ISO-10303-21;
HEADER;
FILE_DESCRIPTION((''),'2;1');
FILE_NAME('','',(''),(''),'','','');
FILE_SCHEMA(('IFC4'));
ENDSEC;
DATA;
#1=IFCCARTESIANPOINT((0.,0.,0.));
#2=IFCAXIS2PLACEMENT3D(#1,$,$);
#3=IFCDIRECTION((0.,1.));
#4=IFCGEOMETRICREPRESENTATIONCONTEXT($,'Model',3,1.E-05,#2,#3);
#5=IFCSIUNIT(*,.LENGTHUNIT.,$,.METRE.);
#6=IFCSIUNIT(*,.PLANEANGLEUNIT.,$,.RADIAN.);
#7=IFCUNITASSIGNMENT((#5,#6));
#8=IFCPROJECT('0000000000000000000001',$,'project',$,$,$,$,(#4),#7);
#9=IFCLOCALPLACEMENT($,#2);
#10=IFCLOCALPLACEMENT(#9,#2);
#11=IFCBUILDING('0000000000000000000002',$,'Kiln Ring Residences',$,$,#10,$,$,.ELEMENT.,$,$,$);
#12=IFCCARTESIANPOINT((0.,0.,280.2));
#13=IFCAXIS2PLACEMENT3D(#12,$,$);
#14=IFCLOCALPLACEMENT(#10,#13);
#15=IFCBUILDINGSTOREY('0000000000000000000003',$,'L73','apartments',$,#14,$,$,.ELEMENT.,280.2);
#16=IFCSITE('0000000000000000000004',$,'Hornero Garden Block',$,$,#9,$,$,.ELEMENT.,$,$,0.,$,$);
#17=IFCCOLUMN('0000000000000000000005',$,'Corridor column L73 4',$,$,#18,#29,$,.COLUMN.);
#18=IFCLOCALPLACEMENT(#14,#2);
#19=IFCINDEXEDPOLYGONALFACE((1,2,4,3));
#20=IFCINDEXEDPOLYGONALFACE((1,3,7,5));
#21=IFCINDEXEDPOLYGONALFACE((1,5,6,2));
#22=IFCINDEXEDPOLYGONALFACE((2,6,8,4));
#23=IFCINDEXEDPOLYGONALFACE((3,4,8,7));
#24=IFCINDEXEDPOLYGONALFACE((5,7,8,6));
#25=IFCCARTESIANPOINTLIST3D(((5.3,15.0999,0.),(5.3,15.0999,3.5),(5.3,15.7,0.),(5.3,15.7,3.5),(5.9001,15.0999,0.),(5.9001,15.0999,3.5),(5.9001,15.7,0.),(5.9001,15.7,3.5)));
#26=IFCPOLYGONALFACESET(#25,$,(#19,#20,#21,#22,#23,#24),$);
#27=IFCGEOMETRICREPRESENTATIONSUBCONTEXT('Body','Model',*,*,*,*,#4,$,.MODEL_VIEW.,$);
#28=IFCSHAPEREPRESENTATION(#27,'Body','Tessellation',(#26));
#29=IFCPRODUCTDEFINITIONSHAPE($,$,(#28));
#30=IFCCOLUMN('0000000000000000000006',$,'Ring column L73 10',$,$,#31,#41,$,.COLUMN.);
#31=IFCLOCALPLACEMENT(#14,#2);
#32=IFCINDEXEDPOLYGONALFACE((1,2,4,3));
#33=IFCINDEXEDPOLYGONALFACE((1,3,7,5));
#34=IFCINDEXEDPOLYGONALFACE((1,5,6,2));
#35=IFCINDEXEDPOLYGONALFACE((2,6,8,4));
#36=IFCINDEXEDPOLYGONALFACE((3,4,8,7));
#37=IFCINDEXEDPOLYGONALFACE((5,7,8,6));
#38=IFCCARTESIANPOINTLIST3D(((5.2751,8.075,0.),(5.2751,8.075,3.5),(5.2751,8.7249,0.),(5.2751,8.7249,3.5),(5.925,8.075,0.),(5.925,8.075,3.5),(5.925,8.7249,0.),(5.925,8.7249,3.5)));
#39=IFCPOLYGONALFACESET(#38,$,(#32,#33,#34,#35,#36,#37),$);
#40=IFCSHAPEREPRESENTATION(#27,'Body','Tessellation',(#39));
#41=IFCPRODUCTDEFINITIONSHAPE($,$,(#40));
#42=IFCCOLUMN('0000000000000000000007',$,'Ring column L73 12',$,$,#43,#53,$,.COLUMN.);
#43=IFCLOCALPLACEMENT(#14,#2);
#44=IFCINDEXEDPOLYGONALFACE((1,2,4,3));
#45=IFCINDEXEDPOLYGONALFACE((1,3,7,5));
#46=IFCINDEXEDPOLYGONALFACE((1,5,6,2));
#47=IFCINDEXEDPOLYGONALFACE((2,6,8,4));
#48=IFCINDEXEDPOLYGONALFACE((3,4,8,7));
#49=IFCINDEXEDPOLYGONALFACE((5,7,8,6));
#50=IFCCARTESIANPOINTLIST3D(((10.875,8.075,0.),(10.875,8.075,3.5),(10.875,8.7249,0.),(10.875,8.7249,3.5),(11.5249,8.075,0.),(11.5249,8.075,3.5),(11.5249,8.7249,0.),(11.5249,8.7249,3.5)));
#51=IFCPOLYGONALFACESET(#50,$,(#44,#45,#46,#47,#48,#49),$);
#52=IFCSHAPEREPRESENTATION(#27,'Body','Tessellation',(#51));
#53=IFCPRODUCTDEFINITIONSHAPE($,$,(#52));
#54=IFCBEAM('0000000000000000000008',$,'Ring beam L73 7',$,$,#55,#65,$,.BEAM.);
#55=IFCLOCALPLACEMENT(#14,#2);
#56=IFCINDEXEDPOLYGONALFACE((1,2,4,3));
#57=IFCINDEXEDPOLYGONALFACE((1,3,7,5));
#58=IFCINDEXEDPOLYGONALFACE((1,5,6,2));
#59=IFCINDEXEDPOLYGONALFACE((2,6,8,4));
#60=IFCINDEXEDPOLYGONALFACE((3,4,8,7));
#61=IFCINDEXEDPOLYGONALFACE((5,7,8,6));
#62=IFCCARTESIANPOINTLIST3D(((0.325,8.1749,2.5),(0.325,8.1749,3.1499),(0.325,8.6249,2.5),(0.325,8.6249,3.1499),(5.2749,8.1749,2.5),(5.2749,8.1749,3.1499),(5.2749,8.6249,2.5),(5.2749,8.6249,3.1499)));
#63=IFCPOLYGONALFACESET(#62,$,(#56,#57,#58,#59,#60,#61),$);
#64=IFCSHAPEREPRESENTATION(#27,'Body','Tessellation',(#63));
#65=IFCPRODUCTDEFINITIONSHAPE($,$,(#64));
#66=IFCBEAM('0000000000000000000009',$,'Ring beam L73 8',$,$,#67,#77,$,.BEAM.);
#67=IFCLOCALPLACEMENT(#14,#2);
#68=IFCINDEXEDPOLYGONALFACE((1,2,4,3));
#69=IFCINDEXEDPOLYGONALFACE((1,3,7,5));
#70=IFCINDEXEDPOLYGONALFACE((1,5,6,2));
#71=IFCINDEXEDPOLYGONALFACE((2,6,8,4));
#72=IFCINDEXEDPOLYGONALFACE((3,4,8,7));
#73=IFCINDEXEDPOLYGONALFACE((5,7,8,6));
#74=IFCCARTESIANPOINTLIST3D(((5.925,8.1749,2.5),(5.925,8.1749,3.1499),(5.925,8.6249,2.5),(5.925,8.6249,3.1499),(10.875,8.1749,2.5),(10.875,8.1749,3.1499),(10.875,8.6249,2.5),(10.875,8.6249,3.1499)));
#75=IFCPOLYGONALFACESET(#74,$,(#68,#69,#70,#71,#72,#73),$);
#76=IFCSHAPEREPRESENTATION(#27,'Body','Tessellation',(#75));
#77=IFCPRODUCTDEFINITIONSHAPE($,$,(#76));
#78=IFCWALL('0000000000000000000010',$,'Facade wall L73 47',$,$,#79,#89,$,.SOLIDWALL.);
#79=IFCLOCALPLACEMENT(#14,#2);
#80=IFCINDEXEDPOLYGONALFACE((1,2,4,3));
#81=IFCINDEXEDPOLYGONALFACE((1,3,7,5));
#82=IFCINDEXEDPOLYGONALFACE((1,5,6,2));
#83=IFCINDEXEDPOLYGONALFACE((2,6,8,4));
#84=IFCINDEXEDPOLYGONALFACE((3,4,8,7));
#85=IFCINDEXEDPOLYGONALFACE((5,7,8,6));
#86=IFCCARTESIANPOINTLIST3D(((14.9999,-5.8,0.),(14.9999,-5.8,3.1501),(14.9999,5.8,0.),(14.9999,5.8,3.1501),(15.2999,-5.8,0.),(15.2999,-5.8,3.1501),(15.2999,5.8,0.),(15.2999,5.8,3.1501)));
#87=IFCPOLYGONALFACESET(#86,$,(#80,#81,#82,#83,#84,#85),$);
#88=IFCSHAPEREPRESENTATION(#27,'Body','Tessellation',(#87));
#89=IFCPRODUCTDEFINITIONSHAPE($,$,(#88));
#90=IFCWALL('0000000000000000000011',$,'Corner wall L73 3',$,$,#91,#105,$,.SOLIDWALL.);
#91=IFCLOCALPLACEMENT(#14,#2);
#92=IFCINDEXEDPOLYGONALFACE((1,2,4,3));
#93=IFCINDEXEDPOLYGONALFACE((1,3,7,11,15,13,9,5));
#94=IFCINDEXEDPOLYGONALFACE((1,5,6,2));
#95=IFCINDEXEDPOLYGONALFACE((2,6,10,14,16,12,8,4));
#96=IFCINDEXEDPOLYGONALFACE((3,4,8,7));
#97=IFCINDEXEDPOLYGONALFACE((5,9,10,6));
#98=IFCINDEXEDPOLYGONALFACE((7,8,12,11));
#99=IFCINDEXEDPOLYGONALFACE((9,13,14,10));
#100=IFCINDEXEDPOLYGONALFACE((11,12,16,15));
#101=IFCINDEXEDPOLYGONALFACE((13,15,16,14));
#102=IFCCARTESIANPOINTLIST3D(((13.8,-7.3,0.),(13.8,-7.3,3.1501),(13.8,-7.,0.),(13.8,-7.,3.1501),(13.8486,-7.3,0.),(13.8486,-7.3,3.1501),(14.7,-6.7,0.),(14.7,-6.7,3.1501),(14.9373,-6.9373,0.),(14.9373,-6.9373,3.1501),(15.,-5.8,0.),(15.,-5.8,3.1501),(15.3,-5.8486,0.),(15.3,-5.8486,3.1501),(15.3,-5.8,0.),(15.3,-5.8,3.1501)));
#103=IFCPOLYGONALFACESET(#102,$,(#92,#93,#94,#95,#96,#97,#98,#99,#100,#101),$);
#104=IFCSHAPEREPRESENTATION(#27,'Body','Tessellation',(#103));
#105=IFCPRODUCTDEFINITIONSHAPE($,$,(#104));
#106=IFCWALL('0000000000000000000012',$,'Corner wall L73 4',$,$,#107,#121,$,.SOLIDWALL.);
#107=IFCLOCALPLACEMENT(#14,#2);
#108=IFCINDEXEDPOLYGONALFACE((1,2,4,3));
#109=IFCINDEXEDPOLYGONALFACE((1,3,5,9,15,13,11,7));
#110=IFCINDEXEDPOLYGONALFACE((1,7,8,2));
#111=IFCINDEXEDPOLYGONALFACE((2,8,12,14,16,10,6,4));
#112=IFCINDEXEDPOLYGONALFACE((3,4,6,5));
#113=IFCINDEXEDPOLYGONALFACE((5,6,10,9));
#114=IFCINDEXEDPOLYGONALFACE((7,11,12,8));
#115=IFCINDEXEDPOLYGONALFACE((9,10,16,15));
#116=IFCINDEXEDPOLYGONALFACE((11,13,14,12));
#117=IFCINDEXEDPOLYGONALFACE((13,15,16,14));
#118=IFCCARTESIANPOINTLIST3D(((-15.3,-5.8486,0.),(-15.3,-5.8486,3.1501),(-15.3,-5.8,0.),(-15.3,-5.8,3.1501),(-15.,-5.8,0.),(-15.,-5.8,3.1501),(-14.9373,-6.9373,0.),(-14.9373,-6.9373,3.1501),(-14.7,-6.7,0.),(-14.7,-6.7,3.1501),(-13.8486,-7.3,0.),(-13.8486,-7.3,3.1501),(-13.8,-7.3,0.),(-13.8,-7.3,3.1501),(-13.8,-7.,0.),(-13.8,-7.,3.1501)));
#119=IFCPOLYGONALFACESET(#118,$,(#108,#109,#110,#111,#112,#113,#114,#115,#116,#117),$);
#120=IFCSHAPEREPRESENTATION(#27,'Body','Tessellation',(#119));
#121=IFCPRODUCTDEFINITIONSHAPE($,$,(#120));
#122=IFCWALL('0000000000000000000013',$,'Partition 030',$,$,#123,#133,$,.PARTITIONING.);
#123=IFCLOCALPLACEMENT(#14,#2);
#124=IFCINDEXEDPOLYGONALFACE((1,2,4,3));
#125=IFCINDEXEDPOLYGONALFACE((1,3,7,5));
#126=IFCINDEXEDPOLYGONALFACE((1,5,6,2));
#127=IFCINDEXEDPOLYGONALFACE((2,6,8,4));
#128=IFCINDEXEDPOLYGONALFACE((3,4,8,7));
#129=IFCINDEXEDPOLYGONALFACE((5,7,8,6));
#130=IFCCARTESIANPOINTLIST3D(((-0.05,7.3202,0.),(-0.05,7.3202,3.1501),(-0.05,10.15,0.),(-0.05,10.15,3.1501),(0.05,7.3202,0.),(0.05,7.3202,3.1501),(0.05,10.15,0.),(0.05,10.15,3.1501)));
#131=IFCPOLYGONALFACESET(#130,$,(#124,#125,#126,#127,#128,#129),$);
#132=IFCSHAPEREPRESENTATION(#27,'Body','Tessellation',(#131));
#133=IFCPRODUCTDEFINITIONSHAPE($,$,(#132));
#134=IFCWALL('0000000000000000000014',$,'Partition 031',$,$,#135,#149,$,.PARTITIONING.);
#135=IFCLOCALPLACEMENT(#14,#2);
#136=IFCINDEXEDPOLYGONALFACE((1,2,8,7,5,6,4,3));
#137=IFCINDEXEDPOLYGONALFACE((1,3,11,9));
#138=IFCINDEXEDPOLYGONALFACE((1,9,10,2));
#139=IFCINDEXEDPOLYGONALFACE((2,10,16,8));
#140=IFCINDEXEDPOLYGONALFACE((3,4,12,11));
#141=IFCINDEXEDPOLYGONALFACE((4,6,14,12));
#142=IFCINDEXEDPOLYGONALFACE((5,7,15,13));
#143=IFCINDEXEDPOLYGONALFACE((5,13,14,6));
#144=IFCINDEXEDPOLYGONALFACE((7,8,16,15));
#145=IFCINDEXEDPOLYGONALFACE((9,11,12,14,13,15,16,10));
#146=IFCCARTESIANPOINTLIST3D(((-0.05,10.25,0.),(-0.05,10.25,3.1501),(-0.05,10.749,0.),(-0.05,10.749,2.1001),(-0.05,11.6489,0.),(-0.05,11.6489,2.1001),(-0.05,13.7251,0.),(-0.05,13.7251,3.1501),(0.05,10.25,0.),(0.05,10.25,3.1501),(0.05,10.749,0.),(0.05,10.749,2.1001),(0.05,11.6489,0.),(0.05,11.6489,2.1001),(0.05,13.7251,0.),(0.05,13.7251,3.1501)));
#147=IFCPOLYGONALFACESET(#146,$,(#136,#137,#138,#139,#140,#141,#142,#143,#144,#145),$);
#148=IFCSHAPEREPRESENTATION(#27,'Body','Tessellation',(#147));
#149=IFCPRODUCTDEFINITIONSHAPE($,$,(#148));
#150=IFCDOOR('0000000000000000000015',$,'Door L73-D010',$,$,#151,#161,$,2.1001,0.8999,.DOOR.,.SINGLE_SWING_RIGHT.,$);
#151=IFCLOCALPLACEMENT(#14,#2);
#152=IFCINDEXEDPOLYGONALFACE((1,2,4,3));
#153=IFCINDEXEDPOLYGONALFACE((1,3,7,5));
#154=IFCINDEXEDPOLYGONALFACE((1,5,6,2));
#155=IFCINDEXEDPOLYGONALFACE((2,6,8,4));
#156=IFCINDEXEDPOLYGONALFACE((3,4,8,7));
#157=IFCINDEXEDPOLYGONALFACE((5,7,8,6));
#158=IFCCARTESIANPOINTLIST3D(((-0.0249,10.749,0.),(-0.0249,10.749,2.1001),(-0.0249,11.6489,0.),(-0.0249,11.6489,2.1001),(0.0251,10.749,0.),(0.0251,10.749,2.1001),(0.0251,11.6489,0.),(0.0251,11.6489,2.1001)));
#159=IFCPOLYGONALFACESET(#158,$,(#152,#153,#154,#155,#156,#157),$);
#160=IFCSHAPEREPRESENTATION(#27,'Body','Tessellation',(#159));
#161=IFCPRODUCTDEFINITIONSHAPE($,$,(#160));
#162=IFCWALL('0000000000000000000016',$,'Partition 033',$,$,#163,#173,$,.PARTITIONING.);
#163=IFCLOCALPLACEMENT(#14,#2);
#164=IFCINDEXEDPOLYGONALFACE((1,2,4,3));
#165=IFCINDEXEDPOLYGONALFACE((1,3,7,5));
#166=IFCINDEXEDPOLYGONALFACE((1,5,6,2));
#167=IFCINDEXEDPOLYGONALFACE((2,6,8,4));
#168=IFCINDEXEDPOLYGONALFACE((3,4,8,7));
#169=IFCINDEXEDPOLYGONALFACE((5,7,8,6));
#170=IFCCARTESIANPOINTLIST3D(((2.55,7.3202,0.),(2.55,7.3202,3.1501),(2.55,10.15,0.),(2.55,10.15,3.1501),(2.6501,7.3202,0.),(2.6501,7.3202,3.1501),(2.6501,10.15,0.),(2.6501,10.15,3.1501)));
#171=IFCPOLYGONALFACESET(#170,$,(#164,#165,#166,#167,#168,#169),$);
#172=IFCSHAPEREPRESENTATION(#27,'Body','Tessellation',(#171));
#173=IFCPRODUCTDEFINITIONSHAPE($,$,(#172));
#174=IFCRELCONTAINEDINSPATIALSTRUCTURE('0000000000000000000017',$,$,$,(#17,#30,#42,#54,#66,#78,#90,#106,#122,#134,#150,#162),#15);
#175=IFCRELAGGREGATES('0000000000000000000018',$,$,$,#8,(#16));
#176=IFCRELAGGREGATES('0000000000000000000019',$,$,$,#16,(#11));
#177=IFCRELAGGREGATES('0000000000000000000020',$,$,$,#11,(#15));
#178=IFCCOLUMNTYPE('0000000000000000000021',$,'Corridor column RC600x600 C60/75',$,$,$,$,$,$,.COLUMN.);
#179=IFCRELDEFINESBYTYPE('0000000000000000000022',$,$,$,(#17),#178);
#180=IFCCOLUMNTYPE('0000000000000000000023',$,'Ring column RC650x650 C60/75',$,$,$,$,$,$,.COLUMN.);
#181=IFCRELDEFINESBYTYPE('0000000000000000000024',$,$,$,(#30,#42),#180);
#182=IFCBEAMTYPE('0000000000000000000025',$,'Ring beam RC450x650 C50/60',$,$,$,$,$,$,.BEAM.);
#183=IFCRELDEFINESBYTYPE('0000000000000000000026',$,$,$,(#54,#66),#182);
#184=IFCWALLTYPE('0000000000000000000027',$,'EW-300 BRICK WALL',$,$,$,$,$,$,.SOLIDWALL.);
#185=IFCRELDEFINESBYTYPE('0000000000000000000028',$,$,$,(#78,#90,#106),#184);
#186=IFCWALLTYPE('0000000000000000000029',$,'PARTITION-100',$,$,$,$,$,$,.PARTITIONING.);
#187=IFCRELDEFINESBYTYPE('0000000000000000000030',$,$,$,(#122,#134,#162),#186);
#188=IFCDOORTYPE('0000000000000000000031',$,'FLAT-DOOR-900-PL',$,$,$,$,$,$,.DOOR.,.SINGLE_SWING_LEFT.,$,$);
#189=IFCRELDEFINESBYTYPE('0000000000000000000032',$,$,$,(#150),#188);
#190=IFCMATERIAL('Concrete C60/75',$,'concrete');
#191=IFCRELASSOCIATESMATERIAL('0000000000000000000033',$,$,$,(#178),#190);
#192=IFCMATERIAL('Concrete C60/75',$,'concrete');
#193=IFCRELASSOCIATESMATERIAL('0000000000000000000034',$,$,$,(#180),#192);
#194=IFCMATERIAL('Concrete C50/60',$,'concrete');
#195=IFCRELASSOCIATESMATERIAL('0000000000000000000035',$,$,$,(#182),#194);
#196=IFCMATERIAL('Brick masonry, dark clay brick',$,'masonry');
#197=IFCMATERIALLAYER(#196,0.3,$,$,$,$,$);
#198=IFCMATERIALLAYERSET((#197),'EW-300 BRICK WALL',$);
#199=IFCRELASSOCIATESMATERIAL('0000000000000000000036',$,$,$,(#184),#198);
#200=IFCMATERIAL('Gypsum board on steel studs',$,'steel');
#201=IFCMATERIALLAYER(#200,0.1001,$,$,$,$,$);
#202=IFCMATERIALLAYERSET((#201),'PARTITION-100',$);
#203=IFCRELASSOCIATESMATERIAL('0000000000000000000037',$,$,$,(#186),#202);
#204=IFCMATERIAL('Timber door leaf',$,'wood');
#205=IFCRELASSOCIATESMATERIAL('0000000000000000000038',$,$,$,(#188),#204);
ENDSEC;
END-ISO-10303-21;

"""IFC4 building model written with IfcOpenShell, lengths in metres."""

from ifc_helpers import new_model, si_unit, direction, frame, frame_2d, origin, origin_2d, place, context, subcontext, project, spatial, polyline, rectangle, outline, extrude, material, layer, layer_set, material_profile, profile_set, type_object, element, fill, save


model = new_model("IFC4")

# Units and contexts
model_context = context("Model", 3, precision=1e-05, world=origin(), true_north=direction((0.0, 1.0)))
body_context = subcontext(model_context, "Body", "Model", "MODEL_VIEW")
ifc_project = project(units=[si_unit("LENGTHUNIT", "METRE"), si_unit("PLANEANGLEUNIT", "RADIAN")], contexts=[model_context])

# Site, building, storey
site_placement = place(None, origin())
site = spatial("IfcSite", under=ifc_project, at=site_placement, Name="Hornero Garden Block", CompositionType="ELEMENT", RefElevation=0.0)
building_placement = place(site_placement, origin())
building = spatial("IfcBuilding", under=site, at=building_placement, Name="Kiln Ring Residences", CompositionType="ELEMENT")
storey_placement = place(building_placement, frame((0.0, 0.0, 280.2)))
storey = spatial("IfcBuildingStorey", under=building, at=storey_placement, Name="L73", Description="apartments", CompositionType="ELEMENT", Elevation=280.2)

# Columns
ifc_material_1 = material(Name="Concrete C60/75", Category="concrete")
ifc_material_profile_1 = material_profile(ifc_material_1, rectangle(XDim=0.6001, YDim=0.6001, at=origin_2d()), Name="RC600x600")
ifc_profile_set_1 = profile_set([ifc_material_profile_1], Name="Concrete C60/75")
column_type_1 = type_object("IfcColumnType", Name="Corridor column RC600x600 C60/75", PredefinedType="COLUMN", material=ifc_profile_set_1)
column_placement = place(storey_placement, frame((5.6001, 15.3999, 0.0), z_axis=(0.0, 0.0, 1.0), x_axis=(1.0, 0.0, 0.0)))
element("IfcColumn", 1, at=column_placement, inside=storey, type_object=column_type_1, Name="Corridor column L73 4", PredefinedType="COLUMN", context=body_context, shape_type="SweptSolid", body=[
    extrude(rectangle(XDim=0.6001, YDim=0.6001, at=origin_2d()), origin(), (0.0, 0.0, 1.0), 3.5),
])
ifc_material_2 = material(Name="Concrete C60/75", Category="concrete")
ifc_material_profile_2 = material_profile(ifc_material_2, rectangle(XDim=0.6499, YDim=0.6499, at=origin_2d()), Name="RC650x650")
ifc_profile_set_2 = profile_set([ifc_material_profile_2], Name="Concrete C60/75")
column_type_2 = type_object("IfcColumnType", Name="Ring column RC650x650 C60/75", PredefinedType="COLUMN", material=ifc_profile_set_2)
for number, where, z_axis, x_axis, name in (
    (2, (5.6001, 8.3999, 0.0), (0.0, 0.0, 1.0), (1.0, 0.0, 0.0), "Ring column L73 10"),
    (3, (11.2, 8.3999, 0.0), (0.0, 0.0, 1.0), (1.0, 0.0, 0.0), "Ring column L73 12"),
):
    element("IfcColumn", number, at=place(storey_placement, frame(where, z_axis=z_axis, x_axis=x_axis)), inside=storey, type_object=column_type_2, Name=name, PredefinedType="COLUMN", context=body_context, shape_type="SweptSolid", body=[
        extrude(rectangle(XDim=0.6499, YDim=0.6499, at=origin_2d()), origin(), (0.0, 0.0, 1.0), 3.5),
    ])

# Beams
ifc_material_3 = material(Name="Concrete C50/60", Category="concrete")
ifc_material_profile_3 = material_profile(ifc_material_3, rectangle(XDim=0.45, YDim=0.6499, at=origin_2d()), Name="RC450x650")
ifc_profile_set_3 = profile_set([ifc_material_profile_3], Name="Concrete C50/60")
beam_type = type_object("IfcBeamType", Name="Ring beam RC450x650 C50/60", PredefinedType="BEAM", material=ifc_profile_set_3)
for number, where, z_axis, x_axis, name in (
    (4, (0.325, 8.3999, 2.825), (1.0, 0.0, 0.0), (0.0, 1.0, 0.0), "Ring beam L73 7"),
    (5, (5.925, 8.3999, 2.825), (1.0, 0.0, 0.0), (0.0, 1.0, 0.0), "Ring beam L73 8"),
):
    element("IfcBeam", number, at=place(storey_placement, frame(where, z_axis=z_axis, x_axis=x_axis)), inside=storey, type_object=beam_type, Name=name, PredefinedType="BEAM", context=body_context, shape_type="SweptSolid", body=[
        extrude(rectangle(XDim=0.45, YDim=0.6499, at=origin_2d()), origin(), (0.0, 0.0, 1.0), 4.95),
    ])

# Walls
ifc_material_4 = material(Name="Brick masonry, dark clay brick", Category="masonry")
ifc_layer_1 = layer(ifc_material_4, 0.3)
ifc_layer_set_1 = layer_set([ifc_layer_1], Name="EW-300 BRICK WALL")
wall_type_1 = type_object("IfcWallType", Name="EW-300 BRICK WALL", PredefinedType="SOLIDWALL", material=ifc_layer_set_1)
wall_1_placement = place(storey_placement, frame((15.1499, 5.8, 0.0), z_axis=(0.0, 0.0, 1.0), x_axis=(0.0, -1.0, 0.0)))
element("IfcWall", 6, at=wall_1_placement, inside=storey, type_object=wall_type_1, Name="Facade wall L73 47", PredefinedType="SOLIDWALL", context=body_context, shape_type="SweptSolid", body=[
    extrude(rectangle(XDim=11.6001, YDim=0.3, at=frame_2d((5.8, 0.0))), origin(), (0.0, 0.0, 1.0), 3.1501),
])
placement = place(storey_placement, origin())
element("IfcWall", 7, at=placement, inside=storey, type_object=wall_type_1, Name="Corner wall L73 3", PredefinedType="SOLIDWALL", context=body_context, shape_type="SweptSolid", body=[
    extrude(outline(polyline([(14.9373, -6.9373), (15.3, -5.8486), (15.3, -5.8), (15.0, -5.8), (14.7, -6.7), (13.8, -7.0), (13.8, -7.3), (13.8486, -7.3), (14.9373, -6.9373)])), origin(), (0.0, 0.0, 1.0), 3.1501),
])
element("IfcWall", 8, at=placement, inside=storey, type_object=wall_type_1, Name="Corner wall L73 4", PredefinedType="SOLIDWALL", context=body_context, shape_type="SweptSolid", body=[
    extrude(outline(polyline([(-14.9373, -6.9373), (-13.8486, -7.3), (-13.8, -7.3), (-13.8, -7.0), (-14.7, -6.7), (-15.0, -5.8), (-15.3, -5.8), (-15.3, -5.8486), (-14.9373, -6.9373)])), origin(), (0.0, 0.0, 1.0), 3.1501),
])
ifc_material_5 = material(Name="Gypsum board on steel studs", Category="steel")
ifc_layer_2 = layer(ifc_material_5, 0.1001)
ifc_layer_set_2 = layer_set([ifc_layer_2], Name="PARTITION-100")
wall_type_2 = type_object("IfcWallType", Name="PARTITION-100", PredefinedType="PARTITIONING", material=ifc_layer_set_2)
wall_2_placement = place(storey_placement, frame((0.0, 7.3201, 0.0), z_axis=(0.0, 0.0, 1.0), x_axis=(0.0, 1.0, 0.0)))
element("IfcWall", 9, at=wall_2_placement, inside=storey, type_object=wall_type_2, Name="Partition 030", PredefinedType="PARTITIONING", context=body_context, shape_type="SweptSolid", body=[
    extrude(rectangle(XDim=2.8298, YDim=0.1001, at=frame_2d((1.415, 0.0))), origin(), (0.0, 0.0, 1.0), 3.1501),
])

# Wall, opening, door
wall_3_placement = place(storey_placement, frame((0.0, 10.25, 0.0), z_axis=(0.0, 0.0, 1.0), x_axis=(0.0, 1.0, 0.0)))
wall_3 = element("IfcWall", 10, at=wall_3_placement, inside=storey, type_object=wall_type_2, Name="Partition 031", PredefinedType="PARTITIONING", context=body_context, shape_type="SweptSolid", body=[
    extrude(rectangle(XDim=3.4751, YDim=0.1001, at=frame_2d((1.7375, 0.0))), origin(), (0.0, 0.0, 1.0), 3.1501),
])
opening_1_placement = place(wall_3_placement, frame((0.499, 0.0, 0.0)))
opening_1 = element("IfcOpeningElement", 11, at=opening_1_placement, cuts=wall_3, PredefinedType="OPENING", context=body_context, shape_type="SweptSolid", body=[
    extrude(rectangle(XDim=0.8999, YDim=2.1001, at=frame_2d((0.45, 1.05))), frame((0.0, 0.0601, 0.0), z_axis=(0.0, -1.0, 0.0), x_axis=(1.0, 0.0, 0.0)), (0.0, 0.0, 1.0), 0.1201),
])
ifc_material_6 = material(Name="Timber door leaf", Category="wood")
door_type_1 = type_object("IfcDoorType", Name="FLAT-DOOR-900-PL", OperationType="SINGLE_SWING_LEFT", PredefinedType="DOOR", material=ifc_material_6)
door_1_placement = place(opening_1_placement, origin())
door_1 = element("IfcDoor", 12, at=door_1_placement, inside=storey, type_object=door_type_1, Name="Door L73-D010", OperationType="SINGLE_SWING_RIGHT", OverallHeight=2.1001, OverallWidth=0.8999, PredefinedType="DOOR", context=body_context, shape_type="SweptSolid", body=[
    extrude(rectangle(XDim=0.8999, YDim=2.1001, at=frame_2d((0.45, 1.05))), frame((0.0, 0.0249, 0.0), z_axis=(0.0, -1.0, 0.0), x_axis=(1.0, 0.0, 0.0)), (0.0, 0.0, 1.0), 0.05),
])
fill(opening_1, door_1)

# Wall
wall_4_placement = place(storey_placement, frame((2.6001, 7.3201, 0.0), z_axis=(0.0, 0.0, 1.0), x_axis=(0.0, 1.0, 0.0)))
element("IfcWall", 13, at=wall_4_placement, inside=storey, type_object=wall_type_2, Name="Partition 033", PredefinedType="PARTITIONING", context=body_context, shape_type="SweptSolid", body=[
    extrude(rectangle(XDim=2.8298, YDim=0.1001, at=frame_2d((1.415, 0.0))), origin(), (0.0, 0.0, 1.0), 3.1501),
])

save(model, "model.ifc")
